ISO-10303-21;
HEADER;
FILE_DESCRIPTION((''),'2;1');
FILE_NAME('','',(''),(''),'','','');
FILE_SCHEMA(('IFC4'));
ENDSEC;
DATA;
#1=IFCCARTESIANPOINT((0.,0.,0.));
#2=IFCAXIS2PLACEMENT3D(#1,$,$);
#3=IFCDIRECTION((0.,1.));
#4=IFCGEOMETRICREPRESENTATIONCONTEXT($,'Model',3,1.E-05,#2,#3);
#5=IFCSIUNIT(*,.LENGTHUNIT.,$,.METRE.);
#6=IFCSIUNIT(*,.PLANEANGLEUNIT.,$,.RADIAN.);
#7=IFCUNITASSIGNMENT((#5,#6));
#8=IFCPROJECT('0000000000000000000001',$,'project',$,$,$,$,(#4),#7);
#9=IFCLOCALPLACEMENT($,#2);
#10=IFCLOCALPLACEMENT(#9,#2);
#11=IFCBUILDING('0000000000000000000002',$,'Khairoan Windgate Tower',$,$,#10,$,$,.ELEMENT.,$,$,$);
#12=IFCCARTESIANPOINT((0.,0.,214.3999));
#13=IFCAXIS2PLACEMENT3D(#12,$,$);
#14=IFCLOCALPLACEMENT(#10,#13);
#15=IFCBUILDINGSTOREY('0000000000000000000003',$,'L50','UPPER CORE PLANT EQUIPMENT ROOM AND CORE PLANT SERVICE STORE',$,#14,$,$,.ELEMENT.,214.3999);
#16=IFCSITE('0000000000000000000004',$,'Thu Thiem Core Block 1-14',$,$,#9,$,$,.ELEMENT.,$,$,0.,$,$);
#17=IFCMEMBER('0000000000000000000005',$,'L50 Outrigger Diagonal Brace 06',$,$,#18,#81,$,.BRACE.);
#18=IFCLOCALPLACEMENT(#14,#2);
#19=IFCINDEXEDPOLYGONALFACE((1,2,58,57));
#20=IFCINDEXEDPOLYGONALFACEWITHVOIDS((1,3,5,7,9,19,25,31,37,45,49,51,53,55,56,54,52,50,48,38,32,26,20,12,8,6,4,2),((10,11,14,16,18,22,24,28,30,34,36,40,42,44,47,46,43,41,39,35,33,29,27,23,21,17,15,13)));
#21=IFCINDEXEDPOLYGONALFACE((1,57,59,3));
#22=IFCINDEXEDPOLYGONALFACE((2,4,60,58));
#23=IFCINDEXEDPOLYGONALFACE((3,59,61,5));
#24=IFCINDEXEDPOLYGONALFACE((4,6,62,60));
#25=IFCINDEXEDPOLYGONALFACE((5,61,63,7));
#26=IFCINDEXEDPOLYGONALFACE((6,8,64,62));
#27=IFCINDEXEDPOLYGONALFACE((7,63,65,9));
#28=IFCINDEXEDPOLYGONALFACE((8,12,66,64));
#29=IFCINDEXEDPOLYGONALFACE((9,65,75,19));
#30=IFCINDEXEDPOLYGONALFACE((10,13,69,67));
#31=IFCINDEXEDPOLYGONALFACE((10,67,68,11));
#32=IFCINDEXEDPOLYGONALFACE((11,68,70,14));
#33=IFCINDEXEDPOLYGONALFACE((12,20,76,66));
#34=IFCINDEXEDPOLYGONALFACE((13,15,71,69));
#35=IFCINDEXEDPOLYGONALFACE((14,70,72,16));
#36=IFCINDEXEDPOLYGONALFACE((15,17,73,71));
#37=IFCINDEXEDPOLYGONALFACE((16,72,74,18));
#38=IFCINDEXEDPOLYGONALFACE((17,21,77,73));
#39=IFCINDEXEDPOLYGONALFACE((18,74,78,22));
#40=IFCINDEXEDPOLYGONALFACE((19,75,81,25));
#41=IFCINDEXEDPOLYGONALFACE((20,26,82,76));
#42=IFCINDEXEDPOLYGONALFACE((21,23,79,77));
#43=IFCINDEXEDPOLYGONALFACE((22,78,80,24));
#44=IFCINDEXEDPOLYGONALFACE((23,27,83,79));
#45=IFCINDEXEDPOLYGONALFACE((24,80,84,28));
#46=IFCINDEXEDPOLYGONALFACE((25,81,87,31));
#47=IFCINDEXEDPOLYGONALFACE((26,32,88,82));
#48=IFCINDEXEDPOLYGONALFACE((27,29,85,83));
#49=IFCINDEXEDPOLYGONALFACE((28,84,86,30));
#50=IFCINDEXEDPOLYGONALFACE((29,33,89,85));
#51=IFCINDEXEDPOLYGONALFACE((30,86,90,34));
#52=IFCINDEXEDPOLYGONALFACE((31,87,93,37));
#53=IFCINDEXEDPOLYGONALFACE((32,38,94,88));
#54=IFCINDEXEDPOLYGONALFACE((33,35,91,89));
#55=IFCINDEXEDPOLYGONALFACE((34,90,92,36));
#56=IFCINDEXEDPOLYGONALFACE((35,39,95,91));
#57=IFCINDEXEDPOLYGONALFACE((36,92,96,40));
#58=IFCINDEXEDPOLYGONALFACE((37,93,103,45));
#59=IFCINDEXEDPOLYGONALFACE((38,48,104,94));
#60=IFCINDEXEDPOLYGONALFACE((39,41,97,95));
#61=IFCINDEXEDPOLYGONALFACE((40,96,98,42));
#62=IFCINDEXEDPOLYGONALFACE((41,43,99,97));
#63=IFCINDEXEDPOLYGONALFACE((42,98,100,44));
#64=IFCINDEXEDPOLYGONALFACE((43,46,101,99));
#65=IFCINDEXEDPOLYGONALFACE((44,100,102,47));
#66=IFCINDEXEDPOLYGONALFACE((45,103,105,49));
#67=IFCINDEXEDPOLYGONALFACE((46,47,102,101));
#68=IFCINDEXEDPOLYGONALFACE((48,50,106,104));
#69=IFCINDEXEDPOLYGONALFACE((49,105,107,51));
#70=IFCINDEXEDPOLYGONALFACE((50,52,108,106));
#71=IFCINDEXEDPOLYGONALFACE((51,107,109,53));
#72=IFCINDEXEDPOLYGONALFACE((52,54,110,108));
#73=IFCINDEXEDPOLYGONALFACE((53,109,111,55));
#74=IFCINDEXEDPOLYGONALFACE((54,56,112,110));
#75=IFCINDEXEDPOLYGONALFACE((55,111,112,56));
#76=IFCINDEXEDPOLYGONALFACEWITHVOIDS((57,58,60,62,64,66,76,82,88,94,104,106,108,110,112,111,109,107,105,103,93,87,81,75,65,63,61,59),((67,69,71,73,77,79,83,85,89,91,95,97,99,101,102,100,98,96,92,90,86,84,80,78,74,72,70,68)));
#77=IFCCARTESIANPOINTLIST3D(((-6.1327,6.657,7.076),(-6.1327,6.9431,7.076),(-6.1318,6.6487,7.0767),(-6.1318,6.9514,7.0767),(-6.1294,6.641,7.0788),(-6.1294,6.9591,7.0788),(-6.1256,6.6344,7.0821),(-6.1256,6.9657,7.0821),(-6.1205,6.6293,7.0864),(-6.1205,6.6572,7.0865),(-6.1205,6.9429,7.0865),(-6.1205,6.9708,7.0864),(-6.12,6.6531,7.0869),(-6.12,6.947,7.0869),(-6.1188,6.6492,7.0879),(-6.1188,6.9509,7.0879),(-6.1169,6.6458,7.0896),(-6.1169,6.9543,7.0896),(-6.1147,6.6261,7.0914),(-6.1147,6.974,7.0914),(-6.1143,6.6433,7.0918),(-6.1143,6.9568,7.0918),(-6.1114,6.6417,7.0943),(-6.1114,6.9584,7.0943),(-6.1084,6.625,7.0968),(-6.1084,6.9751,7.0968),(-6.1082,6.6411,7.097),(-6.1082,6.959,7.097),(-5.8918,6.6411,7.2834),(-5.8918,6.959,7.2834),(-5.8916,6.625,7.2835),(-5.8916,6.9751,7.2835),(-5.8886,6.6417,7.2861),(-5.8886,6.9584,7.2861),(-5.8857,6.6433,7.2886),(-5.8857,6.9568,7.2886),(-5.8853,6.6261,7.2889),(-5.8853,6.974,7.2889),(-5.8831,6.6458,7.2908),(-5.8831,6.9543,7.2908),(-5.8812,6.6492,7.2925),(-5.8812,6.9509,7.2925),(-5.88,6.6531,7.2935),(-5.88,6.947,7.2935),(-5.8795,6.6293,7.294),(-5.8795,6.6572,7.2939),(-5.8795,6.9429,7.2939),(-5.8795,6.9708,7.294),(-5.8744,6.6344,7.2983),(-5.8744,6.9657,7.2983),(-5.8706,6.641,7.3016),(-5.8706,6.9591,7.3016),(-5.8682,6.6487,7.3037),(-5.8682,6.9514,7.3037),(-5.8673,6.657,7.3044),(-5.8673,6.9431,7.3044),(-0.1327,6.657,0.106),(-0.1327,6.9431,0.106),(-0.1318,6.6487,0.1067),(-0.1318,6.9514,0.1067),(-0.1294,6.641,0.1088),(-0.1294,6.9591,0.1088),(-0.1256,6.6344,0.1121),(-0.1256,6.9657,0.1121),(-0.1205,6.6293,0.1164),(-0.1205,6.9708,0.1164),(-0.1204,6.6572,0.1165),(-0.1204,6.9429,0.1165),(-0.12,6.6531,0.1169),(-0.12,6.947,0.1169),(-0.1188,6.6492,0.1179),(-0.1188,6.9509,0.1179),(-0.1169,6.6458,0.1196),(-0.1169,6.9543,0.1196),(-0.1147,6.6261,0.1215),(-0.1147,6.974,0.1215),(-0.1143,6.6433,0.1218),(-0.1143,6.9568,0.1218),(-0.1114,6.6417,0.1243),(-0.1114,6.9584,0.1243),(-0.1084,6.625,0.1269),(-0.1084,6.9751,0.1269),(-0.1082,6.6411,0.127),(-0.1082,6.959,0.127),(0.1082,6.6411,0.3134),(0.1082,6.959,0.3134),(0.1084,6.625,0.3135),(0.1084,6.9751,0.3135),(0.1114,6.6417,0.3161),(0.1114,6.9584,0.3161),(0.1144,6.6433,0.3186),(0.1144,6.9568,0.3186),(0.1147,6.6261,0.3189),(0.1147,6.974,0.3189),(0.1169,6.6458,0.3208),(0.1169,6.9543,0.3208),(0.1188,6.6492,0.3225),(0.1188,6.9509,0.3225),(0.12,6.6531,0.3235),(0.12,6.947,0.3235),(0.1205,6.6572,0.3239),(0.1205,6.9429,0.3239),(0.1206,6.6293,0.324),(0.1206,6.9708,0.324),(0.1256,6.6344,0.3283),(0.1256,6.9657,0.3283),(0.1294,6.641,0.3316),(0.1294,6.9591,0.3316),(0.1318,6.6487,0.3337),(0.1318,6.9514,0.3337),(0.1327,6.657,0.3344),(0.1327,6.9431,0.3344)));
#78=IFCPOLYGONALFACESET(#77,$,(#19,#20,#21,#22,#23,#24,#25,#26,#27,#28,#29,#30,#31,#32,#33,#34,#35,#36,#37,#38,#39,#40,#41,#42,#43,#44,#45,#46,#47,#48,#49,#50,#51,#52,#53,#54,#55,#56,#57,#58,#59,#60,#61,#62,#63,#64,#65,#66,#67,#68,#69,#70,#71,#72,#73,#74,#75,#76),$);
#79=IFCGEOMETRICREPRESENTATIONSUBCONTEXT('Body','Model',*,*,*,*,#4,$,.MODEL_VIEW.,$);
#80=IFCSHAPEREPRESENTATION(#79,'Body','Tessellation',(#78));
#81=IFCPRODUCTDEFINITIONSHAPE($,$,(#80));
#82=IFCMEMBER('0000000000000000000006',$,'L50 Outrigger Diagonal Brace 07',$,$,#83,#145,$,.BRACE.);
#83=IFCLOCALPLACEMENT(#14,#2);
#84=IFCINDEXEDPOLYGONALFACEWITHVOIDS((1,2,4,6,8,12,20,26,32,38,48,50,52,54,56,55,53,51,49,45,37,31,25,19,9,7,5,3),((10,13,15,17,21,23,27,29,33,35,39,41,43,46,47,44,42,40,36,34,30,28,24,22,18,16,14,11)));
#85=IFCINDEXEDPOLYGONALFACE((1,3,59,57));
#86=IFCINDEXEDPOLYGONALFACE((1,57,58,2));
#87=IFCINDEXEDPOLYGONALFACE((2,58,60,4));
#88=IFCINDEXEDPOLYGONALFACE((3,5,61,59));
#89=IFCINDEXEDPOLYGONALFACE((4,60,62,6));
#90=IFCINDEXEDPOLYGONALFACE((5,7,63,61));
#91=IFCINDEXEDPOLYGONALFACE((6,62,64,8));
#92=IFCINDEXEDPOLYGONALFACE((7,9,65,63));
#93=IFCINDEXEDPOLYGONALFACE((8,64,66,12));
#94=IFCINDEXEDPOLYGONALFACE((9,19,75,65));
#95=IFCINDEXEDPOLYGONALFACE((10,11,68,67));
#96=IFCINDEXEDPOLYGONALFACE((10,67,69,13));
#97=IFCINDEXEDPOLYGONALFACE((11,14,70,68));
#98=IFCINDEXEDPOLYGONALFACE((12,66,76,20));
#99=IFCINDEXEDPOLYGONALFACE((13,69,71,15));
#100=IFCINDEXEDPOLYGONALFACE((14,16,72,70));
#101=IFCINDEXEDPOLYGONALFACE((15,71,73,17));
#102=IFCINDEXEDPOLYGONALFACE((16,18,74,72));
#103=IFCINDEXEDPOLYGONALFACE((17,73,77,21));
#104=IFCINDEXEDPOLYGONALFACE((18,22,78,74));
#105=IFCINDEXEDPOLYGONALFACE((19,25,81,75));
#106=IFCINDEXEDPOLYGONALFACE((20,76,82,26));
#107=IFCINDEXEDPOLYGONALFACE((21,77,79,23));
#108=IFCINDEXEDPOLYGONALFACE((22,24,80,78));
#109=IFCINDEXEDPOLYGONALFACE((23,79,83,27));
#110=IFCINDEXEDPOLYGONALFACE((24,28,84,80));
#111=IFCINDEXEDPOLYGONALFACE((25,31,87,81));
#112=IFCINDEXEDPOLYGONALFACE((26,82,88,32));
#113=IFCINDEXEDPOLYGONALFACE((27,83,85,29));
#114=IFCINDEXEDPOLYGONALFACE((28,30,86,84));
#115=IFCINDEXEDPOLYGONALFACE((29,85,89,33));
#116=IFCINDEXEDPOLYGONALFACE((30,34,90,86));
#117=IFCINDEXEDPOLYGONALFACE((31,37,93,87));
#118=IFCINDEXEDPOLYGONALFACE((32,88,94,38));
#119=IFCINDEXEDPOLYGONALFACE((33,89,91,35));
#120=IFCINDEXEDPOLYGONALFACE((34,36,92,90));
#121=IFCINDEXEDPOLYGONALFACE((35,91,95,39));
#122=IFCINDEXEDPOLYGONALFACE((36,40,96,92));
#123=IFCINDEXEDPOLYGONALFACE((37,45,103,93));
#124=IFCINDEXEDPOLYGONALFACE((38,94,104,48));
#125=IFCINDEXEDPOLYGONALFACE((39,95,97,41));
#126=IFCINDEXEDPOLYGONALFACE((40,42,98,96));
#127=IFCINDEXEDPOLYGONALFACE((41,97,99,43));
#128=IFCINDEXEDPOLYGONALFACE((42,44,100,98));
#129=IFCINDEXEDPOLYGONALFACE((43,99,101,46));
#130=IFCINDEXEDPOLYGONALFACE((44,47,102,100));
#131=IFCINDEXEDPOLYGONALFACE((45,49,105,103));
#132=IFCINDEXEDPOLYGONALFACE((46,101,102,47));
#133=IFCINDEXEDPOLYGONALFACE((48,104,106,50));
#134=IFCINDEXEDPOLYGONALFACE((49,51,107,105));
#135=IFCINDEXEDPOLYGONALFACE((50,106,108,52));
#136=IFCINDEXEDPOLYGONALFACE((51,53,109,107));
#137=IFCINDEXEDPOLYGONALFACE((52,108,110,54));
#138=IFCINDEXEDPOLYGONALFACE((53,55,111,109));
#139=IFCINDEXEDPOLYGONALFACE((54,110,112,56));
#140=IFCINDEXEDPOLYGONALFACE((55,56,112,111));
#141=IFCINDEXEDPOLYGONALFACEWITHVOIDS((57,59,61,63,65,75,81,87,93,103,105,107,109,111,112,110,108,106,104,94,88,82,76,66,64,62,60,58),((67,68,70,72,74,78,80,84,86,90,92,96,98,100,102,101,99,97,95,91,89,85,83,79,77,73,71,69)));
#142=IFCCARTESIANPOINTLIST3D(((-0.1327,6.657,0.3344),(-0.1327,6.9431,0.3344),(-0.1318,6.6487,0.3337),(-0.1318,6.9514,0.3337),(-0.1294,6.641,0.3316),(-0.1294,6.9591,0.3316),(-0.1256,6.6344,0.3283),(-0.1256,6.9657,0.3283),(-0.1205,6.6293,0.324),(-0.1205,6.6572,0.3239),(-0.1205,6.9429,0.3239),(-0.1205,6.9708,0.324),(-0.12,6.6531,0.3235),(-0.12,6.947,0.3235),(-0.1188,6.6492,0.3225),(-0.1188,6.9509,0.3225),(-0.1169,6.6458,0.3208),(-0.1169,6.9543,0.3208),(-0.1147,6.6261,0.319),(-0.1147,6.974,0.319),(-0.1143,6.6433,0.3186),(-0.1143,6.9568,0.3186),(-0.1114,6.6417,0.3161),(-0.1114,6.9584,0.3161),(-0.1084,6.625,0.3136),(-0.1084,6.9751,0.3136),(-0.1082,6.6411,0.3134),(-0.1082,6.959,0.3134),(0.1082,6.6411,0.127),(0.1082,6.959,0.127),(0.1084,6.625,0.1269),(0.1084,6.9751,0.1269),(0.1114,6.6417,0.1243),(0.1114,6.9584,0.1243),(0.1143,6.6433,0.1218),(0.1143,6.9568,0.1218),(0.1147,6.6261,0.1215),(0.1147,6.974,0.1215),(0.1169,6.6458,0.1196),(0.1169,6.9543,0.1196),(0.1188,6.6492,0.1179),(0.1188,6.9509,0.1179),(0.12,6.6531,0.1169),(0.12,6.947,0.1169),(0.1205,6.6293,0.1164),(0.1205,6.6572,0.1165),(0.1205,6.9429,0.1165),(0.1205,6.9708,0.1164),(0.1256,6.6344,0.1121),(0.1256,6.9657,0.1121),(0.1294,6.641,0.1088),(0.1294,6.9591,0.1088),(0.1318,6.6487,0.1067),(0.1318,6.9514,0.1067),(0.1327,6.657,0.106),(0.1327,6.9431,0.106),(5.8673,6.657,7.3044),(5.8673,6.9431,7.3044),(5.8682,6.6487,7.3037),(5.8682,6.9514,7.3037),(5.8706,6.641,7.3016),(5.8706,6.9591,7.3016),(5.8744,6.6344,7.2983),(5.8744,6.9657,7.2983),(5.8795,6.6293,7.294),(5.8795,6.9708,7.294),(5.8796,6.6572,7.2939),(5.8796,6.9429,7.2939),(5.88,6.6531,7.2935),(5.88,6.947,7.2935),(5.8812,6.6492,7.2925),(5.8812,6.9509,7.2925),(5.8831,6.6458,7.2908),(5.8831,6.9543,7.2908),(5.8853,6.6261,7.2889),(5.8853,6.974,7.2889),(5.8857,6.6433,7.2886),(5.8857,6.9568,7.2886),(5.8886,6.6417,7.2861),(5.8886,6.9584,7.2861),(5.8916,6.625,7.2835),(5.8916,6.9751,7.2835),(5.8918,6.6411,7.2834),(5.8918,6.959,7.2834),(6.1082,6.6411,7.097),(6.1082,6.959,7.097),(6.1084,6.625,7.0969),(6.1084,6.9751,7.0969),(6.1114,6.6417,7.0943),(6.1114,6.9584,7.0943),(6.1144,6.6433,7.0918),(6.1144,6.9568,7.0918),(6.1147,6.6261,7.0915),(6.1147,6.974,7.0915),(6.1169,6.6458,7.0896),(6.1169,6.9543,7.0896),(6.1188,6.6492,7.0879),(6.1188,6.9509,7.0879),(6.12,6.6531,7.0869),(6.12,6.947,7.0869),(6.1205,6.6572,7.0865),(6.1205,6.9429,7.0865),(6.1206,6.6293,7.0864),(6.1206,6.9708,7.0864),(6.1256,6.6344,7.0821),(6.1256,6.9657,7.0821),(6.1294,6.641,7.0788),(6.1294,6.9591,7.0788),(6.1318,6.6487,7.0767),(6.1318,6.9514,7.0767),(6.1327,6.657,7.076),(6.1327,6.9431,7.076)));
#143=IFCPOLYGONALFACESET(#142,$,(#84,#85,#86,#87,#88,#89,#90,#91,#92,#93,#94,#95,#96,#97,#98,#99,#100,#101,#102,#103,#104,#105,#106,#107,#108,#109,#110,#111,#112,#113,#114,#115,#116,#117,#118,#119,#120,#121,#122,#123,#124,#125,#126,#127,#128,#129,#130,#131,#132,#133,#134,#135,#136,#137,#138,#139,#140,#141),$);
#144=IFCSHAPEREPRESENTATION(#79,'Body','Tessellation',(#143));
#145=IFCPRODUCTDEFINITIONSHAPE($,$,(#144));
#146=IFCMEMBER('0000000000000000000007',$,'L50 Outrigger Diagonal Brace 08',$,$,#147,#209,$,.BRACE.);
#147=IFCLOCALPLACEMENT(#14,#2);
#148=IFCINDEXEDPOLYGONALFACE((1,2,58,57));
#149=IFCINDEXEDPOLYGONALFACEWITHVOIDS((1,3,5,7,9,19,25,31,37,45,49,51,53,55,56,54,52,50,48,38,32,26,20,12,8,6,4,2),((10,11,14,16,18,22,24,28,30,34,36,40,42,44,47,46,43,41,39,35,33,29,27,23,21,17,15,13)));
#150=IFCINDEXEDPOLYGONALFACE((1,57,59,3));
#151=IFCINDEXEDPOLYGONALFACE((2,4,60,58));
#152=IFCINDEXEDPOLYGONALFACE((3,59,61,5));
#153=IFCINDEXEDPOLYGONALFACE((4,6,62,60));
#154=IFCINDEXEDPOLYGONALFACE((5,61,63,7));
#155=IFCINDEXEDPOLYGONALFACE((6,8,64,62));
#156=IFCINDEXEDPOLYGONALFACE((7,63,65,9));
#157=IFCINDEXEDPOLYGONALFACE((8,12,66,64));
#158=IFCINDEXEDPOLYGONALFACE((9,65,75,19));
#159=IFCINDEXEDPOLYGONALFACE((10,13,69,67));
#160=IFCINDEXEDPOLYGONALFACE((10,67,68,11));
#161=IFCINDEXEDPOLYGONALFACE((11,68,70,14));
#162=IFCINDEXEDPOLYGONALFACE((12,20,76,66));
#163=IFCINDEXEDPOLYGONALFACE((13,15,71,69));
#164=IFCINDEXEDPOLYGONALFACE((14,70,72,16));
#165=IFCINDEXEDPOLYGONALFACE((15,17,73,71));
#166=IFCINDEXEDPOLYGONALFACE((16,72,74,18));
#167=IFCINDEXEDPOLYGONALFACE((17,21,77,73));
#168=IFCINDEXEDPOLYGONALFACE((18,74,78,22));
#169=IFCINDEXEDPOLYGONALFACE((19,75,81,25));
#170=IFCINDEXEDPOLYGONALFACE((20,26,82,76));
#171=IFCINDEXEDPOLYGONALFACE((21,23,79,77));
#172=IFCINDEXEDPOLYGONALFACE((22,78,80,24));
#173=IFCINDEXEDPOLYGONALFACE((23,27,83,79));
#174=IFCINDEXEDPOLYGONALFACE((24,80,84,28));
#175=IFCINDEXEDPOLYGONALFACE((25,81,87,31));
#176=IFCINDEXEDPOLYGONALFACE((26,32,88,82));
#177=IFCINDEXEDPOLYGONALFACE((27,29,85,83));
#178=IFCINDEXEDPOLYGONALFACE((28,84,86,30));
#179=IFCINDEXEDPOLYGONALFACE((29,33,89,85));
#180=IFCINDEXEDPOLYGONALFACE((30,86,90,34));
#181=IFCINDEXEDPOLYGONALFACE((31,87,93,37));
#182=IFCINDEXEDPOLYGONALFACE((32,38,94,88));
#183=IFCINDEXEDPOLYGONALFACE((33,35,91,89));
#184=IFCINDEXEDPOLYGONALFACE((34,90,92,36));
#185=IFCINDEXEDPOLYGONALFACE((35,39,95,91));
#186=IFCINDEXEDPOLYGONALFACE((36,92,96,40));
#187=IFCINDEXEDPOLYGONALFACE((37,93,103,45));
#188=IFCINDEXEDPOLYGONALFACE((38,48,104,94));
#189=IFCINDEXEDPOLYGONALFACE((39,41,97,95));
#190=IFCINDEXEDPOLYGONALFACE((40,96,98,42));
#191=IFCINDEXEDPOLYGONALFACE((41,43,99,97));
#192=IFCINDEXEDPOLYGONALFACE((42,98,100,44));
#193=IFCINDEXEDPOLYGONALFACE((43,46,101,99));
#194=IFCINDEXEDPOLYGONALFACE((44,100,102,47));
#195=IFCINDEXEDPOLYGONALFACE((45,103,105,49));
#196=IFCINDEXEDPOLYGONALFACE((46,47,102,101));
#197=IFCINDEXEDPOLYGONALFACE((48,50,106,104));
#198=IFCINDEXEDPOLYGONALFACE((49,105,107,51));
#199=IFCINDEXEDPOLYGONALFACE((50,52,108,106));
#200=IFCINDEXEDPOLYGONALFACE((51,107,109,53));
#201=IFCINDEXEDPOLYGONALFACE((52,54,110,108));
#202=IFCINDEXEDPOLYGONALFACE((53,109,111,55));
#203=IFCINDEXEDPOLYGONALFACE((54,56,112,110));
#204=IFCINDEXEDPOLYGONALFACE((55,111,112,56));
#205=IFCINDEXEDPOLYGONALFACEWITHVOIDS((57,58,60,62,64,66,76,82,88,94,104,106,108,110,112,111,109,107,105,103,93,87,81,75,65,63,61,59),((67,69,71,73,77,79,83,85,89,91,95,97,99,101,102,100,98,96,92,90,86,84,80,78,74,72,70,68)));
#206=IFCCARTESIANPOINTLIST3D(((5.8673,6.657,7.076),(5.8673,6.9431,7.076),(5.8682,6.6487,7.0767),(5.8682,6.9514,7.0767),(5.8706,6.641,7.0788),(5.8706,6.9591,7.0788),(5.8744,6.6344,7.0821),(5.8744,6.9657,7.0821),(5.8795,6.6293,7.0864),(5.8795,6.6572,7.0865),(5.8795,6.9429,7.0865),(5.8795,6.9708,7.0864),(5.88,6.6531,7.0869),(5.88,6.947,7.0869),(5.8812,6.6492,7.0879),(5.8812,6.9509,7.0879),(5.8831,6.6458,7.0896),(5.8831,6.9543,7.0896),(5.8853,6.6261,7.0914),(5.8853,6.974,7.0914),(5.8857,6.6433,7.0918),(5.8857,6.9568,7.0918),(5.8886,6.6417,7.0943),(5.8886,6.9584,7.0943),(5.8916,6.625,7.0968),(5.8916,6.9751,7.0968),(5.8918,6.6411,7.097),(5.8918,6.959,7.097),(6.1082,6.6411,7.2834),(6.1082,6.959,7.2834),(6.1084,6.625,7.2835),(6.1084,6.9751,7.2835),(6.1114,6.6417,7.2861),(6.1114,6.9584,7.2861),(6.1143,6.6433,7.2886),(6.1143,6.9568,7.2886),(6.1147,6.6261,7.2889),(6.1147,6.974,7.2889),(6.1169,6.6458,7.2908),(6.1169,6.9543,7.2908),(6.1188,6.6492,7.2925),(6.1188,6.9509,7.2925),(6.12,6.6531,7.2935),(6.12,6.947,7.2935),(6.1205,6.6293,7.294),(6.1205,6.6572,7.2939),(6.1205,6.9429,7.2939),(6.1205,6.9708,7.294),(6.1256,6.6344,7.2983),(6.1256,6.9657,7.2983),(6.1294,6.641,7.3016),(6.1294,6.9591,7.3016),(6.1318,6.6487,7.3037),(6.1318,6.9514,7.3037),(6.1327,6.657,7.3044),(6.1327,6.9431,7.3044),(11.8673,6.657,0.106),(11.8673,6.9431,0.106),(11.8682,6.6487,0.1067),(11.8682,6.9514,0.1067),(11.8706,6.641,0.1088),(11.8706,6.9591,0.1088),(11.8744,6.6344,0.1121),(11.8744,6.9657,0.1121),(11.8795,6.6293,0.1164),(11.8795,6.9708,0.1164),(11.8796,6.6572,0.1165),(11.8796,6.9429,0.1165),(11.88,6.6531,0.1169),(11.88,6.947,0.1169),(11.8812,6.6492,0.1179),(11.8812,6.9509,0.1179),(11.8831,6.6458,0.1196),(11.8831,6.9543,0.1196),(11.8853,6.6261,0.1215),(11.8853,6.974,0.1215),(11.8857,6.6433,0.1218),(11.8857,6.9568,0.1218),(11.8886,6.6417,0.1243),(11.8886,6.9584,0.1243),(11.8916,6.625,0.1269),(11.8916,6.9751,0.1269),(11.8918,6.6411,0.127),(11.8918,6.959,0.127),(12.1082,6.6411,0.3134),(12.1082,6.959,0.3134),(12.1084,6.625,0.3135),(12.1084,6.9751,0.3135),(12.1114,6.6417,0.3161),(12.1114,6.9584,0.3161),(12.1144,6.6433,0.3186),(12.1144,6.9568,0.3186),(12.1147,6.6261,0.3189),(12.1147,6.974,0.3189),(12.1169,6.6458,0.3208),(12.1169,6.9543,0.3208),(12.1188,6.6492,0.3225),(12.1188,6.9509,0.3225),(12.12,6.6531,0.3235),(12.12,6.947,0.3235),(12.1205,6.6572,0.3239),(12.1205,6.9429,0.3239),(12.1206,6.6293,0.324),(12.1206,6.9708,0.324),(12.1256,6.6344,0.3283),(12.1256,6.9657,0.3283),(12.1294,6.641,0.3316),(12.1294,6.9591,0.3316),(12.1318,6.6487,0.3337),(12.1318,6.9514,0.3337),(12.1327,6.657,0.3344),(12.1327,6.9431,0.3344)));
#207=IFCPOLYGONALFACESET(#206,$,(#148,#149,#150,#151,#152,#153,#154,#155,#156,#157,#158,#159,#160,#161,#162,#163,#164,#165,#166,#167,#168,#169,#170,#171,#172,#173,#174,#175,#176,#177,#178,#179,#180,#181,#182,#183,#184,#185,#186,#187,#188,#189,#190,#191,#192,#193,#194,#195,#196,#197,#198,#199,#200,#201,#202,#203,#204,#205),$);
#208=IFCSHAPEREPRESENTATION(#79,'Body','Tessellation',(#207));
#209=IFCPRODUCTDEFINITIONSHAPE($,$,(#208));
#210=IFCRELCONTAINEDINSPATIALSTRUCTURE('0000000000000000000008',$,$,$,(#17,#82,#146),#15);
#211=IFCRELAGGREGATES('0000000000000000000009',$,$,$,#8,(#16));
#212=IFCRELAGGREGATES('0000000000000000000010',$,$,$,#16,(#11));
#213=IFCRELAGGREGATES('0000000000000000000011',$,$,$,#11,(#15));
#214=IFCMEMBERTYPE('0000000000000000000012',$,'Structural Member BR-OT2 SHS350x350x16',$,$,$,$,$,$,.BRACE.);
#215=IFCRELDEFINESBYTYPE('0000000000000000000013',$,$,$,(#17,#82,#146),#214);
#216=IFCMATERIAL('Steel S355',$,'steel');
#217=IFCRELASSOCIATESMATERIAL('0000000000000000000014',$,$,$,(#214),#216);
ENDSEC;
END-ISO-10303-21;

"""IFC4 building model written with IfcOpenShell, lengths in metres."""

from ifc_helpers import new_model, si_unit, direction, frame, origin, origin_2d, place, context, subcontext, project, spatial, hollow_rectangle, extrude, material, material_profile, profile_set, type_object, element, save


model = new_model("IFC4")

# Units and contexts
model_context = context("Model", 3, precision=1e-05, world=origin(), true_north=direction((0.0, 1.0)))
body_context = subcontext(model_context, "Body", "Model", "MODEL_VIEW")
ifc_project = project(units=[si_unit("LENGTHUNIT", "METRE"), si_unit("PLANEANGLEUNIT", "RADIAN")], contexts=[model_context])

# Site, building, storey
site_placement = place(None, origin())
site = spatial("IfcSite", under=ifc_project, at=site_placement, Name="Thu Thiem Core Block 1-14", CompositionType="ELEMENT", RefElevation=0.0)
building_placement = place(site_placement, origin())
building = spatial("IfcBuilding", under=site, at=building_placement, Name="Khairoan Windgate Tower", CompositionType="ELEMENT")
storey_placement = place(building_placement, frame((0.0, 0.0, 214.3999)))
storey = spatial("IfcBuildingStorey", under=building, at=storey_placement, Name="L50", Description="UPPER CORE PLANT EQUIPMENT ROOM AND CORE PLANT SERVICE STORE", CompositionType="ELEMENT", Elevation=214.3999)

# Members
ifc_material_1 = material(Name="Steel S355", Category="steel")
ifc_material_profile_1 = material_profile(ifc_material_1, hollow_rectangle(XDim=0.3501, YDim=0.3501, WallThickness=0.0161, InnerFilletRadius=0.0161, OuterFilletRadius=0.032, at=origin_2d()))
ifc_profile_set_1 = profile_set([ifc_material_profile_1], Name="Steel S355")
member_type = type_object("IfcMemberType", Name="Structural Member BR-OT2 SHS350x350x16", PredefinedType="BRACE", material=ifc_profile_set_1)
for number, where, z_axis, x_axis, name in (
    (1, (-6.0, 6.8, 7.1902), (0.652403, 0.0, -0.757872), (0.0, 1.0, 0.0), "L50 Outrigger Diagonal Brace 06"),
    (2, (0.0, 6.8, 0.2202), (0.652403, 0.0, 0.757872), (0.0, 1.0, 0.0), "L50 Outrigger Diagonal Brace 07"),
    (3, (6.0, 6.8, 7.1902), (0.652403, 0.0, -0.757872), (0.0, 1.0, 0.0), "L50 Outrigger Diagonal Brace 08"),
):
    element("IfcMember", number, at=place(storey_placement, frame(where, z_axis=z_axis, x_axis=x_axis)), inside=storey, type_object=member_type, Name=name, PredefinedType="BRACE", context=body_context, shape_type="SweptSolid", body=[
        extrude(hollow_rectangle(XDim=0.3501, YDim=0.3501, WallThickness=0.0161, InnerFilletRadius=0.0161, OuterFilletRadius=0.032, at=origin_2d()), origin(), (0.0, 0.0, 1.0), 9.1968),
    ])

save(model, "model.ifc")
